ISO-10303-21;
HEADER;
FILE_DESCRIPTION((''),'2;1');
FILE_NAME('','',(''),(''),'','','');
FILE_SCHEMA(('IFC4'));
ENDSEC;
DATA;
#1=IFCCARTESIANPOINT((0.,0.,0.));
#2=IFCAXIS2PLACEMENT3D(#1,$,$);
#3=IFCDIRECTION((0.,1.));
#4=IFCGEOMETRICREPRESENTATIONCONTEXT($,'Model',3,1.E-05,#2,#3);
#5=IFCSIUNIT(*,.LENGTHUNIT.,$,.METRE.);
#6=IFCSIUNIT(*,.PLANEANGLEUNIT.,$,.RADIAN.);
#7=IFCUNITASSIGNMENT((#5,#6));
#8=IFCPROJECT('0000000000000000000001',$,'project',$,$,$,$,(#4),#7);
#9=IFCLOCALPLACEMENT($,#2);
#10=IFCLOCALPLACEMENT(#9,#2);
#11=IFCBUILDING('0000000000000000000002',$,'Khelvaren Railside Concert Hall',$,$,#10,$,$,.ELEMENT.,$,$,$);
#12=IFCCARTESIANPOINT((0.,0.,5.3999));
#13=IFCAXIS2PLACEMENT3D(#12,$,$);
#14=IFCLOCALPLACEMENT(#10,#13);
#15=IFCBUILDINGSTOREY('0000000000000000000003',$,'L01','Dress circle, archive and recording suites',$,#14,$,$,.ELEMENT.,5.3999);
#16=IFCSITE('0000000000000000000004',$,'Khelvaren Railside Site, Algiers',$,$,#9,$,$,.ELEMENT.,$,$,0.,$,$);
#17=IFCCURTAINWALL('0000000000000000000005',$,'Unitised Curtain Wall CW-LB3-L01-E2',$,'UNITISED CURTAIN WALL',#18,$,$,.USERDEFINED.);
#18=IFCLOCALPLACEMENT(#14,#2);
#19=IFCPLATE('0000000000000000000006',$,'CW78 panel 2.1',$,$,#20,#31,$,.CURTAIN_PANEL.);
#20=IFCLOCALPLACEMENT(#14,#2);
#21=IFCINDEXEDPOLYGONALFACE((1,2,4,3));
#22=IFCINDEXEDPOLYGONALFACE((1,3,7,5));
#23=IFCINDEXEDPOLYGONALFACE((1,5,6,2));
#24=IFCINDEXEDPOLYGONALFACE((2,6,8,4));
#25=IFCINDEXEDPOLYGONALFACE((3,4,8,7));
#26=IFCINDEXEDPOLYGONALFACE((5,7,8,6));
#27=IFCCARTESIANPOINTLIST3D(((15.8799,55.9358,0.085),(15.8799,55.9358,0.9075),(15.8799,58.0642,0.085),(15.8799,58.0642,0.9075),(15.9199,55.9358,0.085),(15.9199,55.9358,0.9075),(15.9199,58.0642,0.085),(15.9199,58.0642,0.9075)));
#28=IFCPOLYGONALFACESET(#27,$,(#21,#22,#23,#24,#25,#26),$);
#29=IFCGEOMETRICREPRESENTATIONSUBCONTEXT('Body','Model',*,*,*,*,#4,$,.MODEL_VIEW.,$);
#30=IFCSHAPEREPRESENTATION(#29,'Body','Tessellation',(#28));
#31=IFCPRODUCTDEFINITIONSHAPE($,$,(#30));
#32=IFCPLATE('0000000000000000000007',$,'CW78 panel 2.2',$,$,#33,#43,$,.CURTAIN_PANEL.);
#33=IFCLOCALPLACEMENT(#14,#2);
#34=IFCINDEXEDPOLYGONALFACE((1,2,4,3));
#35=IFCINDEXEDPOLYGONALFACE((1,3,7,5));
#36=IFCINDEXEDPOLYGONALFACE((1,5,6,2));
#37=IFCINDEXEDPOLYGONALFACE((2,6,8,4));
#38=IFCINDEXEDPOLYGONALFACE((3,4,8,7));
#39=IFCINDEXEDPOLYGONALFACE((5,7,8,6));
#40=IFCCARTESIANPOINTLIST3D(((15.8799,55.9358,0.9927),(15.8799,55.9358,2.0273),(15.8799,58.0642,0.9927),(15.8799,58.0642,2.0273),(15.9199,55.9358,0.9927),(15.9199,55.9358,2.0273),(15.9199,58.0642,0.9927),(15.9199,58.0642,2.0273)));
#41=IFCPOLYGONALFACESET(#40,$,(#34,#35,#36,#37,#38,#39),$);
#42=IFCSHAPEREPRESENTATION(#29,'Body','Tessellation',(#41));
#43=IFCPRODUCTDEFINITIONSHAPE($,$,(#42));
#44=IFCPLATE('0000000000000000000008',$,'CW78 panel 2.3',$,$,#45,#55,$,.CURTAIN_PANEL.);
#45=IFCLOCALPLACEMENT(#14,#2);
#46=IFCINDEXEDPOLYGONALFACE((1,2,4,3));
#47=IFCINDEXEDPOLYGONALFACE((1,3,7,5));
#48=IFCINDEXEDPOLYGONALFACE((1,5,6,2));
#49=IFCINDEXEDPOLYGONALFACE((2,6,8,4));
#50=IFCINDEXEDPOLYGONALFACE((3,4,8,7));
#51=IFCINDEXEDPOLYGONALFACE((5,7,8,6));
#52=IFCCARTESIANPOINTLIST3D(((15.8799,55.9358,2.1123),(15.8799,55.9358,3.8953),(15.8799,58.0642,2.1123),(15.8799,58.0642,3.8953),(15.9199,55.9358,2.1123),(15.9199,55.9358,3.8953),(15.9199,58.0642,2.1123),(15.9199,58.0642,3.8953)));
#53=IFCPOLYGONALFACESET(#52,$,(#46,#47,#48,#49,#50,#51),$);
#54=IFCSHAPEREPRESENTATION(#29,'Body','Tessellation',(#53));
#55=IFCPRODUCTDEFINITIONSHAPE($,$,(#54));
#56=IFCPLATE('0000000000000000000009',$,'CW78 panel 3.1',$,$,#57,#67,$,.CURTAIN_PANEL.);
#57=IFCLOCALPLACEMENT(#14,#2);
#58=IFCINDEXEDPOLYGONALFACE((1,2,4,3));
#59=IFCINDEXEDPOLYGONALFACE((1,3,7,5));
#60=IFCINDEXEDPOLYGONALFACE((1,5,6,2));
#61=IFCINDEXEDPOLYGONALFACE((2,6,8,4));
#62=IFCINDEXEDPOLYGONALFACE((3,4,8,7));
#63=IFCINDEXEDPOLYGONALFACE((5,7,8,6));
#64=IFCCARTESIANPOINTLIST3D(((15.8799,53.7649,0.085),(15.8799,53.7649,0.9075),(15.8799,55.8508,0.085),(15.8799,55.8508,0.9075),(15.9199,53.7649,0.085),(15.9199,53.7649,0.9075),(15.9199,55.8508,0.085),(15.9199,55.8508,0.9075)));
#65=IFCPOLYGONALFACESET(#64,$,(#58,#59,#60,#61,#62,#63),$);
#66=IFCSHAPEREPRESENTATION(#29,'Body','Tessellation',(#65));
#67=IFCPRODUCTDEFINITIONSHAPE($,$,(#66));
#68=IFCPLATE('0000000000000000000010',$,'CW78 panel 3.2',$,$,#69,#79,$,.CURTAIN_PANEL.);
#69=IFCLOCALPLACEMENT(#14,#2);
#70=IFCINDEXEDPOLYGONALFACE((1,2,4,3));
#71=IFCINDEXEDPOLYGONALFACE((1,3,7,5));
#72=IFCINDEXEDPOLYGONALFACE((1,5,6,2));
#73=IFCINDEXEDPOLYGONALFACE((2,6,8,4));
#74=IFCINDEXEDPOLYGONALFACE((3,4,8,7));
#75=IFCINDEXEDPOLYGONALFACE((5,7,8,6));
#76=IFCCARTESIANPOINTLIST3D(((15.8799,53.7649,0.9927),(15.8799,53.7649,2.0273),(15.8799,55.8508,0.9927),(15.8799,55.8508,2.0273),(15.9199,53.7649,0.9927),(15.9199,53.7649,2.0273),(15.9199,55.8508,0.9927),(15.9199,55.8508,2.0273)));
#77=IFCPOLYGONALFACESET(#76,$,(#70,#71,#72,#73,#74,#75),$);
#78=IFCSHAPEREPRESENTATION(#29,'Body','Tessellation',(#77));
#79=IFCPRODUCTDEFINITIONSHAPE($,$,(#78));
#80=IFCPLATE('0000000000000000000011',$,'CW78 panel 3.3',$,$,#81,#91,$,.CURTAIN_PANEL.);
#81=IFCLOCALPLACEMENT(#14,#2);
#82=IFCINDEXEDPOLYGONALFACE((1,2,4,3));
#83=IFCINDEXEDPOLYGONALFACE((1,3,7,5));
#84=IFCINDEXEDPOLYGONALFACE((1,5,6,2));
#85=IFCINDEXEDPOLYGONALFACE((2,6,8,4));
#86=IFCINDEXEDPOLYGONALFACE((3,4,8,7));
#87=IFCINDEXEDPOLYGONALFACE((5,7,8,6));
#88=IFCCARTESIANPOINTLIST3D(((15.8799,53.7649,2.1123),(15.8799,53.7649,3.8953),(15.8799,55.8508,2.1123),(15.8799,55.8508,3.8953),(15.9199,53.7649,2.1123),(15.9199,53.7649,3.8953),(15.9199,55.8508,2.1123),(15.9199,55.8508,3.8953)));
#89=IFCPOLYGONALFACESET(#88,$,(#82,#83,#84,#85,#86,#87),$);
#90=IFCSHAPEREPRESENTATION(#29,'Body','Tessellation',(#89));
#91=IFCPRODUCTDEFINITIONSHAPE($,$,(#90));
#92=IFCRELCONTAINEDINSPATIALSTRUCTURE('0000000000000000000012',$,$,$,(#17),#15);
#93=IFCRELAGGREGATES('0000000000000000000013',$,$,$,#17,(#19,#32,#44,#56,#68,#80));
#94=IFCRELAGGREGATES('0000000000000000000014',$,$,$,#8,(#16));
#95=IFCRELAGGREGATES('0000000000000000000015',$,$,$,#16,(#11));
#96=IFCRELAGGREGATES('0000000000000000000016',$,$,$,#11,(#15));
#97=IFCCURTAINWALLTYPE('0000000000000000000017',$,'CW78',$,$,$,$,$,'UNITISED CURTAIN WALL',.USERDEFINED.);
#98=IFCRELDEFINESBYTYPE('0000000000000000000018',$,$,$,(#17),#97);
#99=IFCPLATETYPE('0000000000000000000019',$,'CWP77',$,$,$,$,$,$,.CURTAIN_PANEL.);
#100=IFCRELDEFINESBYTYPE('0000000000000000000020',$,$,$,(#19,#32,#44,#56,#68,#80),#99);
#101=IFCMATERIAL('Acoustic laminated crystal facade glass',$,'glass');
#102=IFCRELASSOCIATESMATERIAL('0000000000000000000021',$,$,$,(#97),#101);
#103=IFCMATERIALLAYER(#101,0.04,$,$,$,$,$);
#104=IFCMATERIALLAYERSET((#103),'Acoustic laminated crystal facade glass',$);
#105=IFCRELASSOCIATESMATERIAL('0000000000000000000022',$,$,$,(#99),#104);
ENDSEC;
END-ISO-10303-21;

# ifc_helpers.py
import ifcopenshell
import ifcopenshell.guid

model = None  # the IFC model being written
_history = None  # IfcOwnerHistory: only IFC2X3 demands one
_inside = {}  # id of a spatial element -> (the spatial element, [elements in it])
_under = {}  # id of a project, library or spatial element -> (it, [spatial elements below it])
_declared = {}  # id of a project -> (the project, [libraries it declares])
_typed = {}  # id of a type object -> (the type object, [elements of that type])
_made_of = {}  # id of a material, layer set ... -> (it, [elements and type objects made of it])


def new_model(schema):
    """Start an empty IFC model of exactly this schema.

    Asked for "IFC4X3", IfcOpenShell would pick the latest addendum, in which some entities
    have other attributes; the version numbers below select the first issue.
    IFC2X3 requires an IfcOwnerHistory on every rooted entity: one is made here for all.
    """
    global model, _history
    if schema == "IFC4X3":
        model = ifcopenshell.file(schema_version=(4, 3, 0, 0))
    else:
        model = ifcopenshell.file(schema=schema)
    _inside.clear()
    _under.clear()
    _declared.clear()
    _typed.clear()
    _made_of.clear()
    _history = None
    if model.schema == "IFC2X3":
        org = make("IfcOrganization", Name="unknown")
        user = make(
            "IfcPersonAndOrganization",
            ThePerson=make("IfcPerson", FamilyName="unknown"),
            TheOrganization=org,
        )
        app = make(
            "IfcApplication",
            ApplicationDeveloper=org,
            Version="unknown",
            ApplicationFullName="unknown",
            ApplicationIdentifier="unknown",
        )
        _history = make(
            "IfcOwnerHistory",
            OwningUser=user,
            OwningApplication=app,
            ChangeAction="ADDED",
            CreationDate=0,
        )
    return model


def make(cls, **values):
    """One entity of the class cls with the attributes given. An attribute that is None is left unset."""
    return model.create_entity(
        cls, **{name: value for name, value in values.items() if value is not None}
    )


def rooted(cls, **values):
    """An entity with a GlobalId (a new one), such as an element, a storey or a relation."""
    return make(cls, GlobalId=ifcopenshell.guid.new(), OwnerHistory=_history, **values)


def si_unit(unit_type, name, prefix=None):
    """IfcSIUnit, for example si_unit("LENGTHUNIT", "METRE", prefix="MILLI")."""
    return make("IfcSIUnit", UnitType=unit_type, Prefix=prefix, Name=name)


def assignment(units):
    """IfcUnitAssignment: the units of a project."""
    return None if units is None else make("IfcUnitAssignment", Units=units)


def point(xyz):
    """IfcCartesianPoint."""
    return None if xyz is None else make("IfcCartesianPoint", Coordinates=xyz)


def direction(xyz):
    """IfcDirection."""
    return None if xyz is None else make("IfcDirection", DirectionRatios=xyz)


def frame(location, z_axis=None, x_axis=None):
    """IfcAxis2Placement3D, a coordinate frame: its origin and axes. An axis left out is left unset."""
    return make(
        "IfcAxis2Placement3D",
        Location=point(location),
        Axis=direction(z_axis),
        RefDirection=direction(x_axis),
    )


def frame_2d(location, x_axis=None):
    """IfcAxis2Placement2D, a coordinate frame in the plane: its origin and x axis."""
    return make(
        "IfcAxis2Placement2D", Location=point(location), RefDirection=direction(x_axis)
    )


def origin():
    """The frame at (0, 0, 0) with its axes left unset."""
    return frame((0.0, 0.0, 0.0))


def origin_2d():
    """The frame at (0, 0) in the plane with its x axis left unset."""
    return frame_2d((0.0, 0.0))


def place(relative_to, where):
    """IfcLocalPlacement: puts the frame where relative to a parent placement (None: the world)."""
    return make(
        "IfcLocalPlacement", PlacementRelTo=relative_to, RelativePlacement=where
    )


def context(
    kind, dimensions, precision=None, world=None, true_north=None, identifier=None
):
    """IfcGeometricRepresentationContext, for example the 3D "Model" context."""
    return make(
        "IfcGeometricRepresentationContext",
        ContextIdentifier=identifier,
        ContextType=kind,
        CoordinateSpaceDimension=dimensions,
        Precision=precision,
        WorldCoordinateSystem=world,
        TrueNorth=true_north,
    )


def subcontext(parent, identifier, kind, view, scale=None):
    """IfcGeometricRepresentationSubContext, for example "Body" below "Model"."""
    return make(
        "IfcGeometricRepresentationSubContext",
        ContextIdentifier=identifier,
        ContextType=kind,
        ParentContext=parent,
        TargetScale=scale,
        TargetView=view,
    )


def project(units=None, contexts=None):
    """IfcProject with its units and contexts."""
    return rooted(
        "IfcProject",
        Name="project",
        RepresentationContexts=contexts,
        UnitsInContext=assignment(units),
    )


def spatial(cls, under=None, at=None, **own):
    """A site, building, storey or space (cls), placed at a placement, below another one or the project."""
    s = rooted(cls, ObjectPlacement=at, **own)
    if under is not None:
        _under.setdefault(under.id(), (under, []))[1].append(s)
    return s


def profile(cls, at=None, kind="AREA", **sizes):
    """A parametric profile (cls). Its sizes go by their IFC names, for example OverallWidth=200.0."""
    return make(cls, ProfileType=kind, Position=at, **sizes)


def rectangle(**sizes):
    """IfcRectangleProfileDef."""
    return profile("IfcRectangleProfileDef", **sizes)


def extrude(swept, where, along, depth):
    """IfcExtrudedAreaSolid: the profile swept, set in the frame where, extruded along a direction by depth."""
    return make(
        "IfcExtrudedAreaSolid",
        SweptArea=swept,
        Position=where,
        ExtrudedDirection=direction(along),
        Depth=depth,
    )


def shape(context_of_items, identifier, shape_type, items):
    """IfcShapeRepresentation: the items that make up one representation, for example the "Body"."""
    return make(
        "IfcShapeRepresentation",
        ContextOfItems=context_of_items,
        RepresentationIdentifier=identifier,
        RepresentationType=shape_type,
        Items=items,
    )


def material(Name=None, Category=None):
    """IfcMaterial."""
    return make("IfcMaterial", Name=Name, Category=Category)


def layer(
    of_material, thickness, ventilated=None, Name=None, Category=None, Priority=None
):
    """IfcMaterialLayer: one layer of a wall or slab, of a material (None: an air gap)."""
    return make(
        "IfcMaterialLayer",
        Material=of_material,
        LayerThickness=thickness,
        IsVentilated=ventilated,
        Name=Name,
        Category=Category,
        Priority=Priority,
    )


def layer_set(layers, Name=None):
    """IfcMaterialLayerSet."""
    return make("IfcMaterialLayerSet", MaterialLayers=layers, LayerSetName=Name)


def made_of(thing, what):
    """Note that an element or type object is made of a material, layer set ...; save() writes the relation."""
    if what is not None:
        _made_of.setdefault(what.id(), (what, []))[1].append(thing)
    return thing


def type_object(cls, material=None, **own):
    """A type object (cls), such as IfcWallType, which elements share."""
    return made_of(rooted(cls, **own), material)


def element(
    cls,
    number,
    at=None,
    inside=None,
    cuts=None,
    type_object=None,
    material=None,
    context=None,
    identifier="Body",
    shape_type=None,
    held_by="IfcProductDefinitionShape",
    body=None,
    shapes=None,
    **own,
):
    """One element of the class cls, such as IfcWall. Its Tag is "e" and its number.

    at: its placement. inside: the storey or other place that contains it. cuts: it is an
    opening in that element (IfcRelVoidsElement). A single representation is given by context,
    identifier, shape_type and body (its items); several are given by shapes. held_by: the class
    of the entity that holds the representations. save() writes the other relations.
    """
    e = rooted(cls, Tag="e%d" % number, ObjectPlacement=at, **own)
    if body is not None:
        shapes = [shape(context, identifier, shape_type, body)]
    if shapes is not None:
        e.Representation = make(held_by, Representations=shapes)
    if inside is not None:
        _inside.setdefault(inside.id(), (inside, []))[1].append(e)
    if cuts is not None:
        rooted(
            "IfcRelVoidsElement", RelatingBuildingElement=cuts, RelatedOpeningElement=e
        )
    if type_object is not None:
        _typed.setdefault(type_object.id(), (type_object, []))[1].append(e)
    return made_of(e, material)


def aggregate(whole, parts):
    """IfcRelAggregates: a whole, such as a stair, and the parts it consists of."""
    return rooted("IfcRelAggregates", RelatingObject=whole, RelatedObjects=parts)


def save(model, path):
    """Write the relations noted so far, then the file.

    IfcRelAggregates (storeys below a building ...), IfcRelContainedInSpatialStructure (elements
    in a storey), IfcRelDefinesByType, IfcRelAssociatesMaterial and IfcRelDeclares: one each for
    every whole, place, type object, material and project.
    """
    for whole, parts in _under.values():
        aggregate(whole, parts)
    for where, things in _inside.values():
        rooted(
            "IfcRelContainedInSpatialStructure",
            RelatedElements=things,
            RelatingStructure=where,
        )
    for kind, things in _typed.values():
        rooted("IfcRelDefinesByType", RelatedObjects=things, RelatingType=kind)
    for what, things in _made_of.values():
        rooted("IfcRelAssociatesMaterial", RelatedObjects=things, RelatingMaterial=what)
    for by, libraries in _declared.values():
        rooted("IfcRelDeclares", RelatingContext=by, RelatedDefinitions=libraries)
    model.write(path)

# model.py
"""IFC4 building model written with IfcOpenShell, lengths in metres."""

from ifc_helpers import new_model, si_unit, direction, frame, origin, origin_2d, place, context, subcontext, project, spatial, rectangle, extrude, material, layer, layer_set, type_object, element, aggregate, save


model = new_model("IFC4")

# Units and contexts
model_context = context("Model", 3, precision=1e-05, world=origin(), true_north=direction((0.0, 1.0)))
body_context = subcontext(model_context, "Body", "Model", "MODEL_VIEW")
ifc_project = project(units=[si_unit("LENGTHUNIT", "METRE"), si_unit("PLANEANGLEUNIT", "RADIAN")], contexts=[model_context])

# Site, building, storey
site_placement = place(None, origin())
site = spatial("IfcSite", under=ifc_project, at=site_placement, Name="Khelvaren Railside Site, Algiers", CompositionType="ELEMENT", RefElevation=0.0)
building_placement = place(site_placement, origin())
building = spatial("IfcBuilding", under=site, at=building_placement, Name="Khelvaren Railside Concert Hall", CompositionType="ELEMENT")
storey_placement = place(building_placement, frame((0.0, 0.0, 5.3999)))
storey = spatial("IfcBuildingStorey", under=building, at=storey_placement, Name="L01", Description="Dress circle, archive and recording suites", CompositionType="ELEMENT", Elevation=5.3999)

# Curtain wall
ifc_material_1 = material(Name="Acoustic laminated crystal facade glass", Category="glass")
curtain_wall_type = type_object("IfcCurtainWallType", Name="CW78", ElementType="UNITISED CURTAIN WALL", PredefinedType="USERDEFINED", material=ifc_material_1)
curtain_wall_1_placement = place(storey_placement, origin())
curtain_wall_1 = element("IfcCurtainWall", 1, at=curtain_wall_1_placement, inside=storey, type_object=curtain_wall_type, Name="Unitised Curtain Wall CW-LB3-L01-E2", ObjectType="UNITISED CURTAIN WALL", PredefinedType="USERDEFINED")

# Plates
ifc_layer = layer(ifc_material_1, 0.04)
ifc_layer_set = layer_set([ifc_layer], Name="Acoustic laminated crystal facade glass")
plate_type = type_object("IfcPlateType", Name="CWP77", PredefinedType="CURTAIN_PANEL", material=ifc_layer_set)
plate_1_placement = place(storey_placement, frame((15.8999, 57.0, 0.085), z_axis=(0.0, 0.0, 1.0), x_axis=(0.0, -1.0, 0.0)))
plate_1 = element("IfcPlate", 2, at=plate_1_placement, type_object=plate_type, Name="CW78 panel 2.1", PredefinedType="CURTAIN_PANEL", context=body_context, shape_type="SweptSolid", body=[
    extrude(rectangle(XDim=2.1284, YDim=0.04, at=origin_2d()), origin(), (0.0, 0.0, 1.0), 0.8225),
])
plate_2_placement = place(storey_placement, frame((15.8999, 57.0, 0.9927), z_axis=(0.0, 0.0, 1.0), x_axis=(0.0, -1.0, 0.0)))
plate_2 = element("IfcPlate", 3, at=plate_2_placement, type_object=plate_type, Name="CW78 panel 2.2", PredefinedType="CURTAIN_PANEL", context=body_context, shape_type="SweptSolid", body=[
    extrude(rectangle(XDim=2.1284, YDim=0.04, at=origin_2d()), origin(), (0.0, 0.0, 1.0), 1.0347),
])
plate_3_placement = place(storey_placement, frame((15.8999, 57.0, 2.1123), z_axis=(0.0, 0.0, 1.0), x_axis=(0.0, -1.0, 0.0)))
plate_3 = element("IfcPlate", 4, at=plate_3_placement, type_object=plate_type, Name="CW78 panel 2.3", PredefinedType="CURTAIN_PANEL", context=body_context, shape_type="SweptSolid", body=[
    extrude(rectangle(XDim=2.1284, YDim=0.04, at=origin_2d()), origin(), (0.0, 0.0, 1.0), 1.783),
])
plate_4_placement = place(storey_placement, frame((15.8999, 54.8079, 0.085), z_axis=(0.0, 0.0, 1.0), x_axis=(0.0, -1.0, 0.0)))
plate_4 = element("IfcPlate", 5, at=plate_4_placement, type_object=plate_type, Name="CW78 panel 3.1", PredefinedType="CURTAIN_PANEL", context=body_context, shape_type="SweptSolid", body=[
    extrude(rectangle(XDim=2.0859, YDim=0.04, at=origin_2d()), origin(), (0.0, 0.0, 1.0), 0.8225),
])
plate_5_placement = place(storey_placement, frame((15.8999, 54.8079, 0.9927), z_axis=(0.0, 0.0, 1.0), x_axis=(0.0, -1.0, 0.0)))
plate_5 = element("IfcPlate", 6, at=plate_5_placement, type_object=plate_type, Name="CW78 panel 3.2", PredefinedType="CURTAIN_PANEL", context=body_context, shape_type="SweptSolid", body=[
    extrude(rectangle(XDim=2.0859, YDim=0.04, at=origin_2d()), origin(), (0.0, 0.0, 1.0), 1.0347),
])
plate_6_placement = place(storey_placement, frame((15.8999, 54.8079, 2.1123), z_axis=(0.0, 0.0, 1.0), x_axis=(0.0, -1.0, 0.0)))
plate_6 = element("IfcPlate", 7, at=plate_6_placement, type_object=plate_type, Name="CW78 panel 3.3", PredefinedType="CURTAIN_PANEL", context=body_context, shape_type="SweptSolid", body=[
    extrude(rectangle(XDim=2.0859, YDim=0.04, at=origin_2d()), origin(), (0.0, 0.0, 1.0), 1.783),
])
aggregate(curtain_wall_1, [plate_1, plate_2, plate_3, plate_4, plate_5, plate_6])

save(model, "model.ifc")
